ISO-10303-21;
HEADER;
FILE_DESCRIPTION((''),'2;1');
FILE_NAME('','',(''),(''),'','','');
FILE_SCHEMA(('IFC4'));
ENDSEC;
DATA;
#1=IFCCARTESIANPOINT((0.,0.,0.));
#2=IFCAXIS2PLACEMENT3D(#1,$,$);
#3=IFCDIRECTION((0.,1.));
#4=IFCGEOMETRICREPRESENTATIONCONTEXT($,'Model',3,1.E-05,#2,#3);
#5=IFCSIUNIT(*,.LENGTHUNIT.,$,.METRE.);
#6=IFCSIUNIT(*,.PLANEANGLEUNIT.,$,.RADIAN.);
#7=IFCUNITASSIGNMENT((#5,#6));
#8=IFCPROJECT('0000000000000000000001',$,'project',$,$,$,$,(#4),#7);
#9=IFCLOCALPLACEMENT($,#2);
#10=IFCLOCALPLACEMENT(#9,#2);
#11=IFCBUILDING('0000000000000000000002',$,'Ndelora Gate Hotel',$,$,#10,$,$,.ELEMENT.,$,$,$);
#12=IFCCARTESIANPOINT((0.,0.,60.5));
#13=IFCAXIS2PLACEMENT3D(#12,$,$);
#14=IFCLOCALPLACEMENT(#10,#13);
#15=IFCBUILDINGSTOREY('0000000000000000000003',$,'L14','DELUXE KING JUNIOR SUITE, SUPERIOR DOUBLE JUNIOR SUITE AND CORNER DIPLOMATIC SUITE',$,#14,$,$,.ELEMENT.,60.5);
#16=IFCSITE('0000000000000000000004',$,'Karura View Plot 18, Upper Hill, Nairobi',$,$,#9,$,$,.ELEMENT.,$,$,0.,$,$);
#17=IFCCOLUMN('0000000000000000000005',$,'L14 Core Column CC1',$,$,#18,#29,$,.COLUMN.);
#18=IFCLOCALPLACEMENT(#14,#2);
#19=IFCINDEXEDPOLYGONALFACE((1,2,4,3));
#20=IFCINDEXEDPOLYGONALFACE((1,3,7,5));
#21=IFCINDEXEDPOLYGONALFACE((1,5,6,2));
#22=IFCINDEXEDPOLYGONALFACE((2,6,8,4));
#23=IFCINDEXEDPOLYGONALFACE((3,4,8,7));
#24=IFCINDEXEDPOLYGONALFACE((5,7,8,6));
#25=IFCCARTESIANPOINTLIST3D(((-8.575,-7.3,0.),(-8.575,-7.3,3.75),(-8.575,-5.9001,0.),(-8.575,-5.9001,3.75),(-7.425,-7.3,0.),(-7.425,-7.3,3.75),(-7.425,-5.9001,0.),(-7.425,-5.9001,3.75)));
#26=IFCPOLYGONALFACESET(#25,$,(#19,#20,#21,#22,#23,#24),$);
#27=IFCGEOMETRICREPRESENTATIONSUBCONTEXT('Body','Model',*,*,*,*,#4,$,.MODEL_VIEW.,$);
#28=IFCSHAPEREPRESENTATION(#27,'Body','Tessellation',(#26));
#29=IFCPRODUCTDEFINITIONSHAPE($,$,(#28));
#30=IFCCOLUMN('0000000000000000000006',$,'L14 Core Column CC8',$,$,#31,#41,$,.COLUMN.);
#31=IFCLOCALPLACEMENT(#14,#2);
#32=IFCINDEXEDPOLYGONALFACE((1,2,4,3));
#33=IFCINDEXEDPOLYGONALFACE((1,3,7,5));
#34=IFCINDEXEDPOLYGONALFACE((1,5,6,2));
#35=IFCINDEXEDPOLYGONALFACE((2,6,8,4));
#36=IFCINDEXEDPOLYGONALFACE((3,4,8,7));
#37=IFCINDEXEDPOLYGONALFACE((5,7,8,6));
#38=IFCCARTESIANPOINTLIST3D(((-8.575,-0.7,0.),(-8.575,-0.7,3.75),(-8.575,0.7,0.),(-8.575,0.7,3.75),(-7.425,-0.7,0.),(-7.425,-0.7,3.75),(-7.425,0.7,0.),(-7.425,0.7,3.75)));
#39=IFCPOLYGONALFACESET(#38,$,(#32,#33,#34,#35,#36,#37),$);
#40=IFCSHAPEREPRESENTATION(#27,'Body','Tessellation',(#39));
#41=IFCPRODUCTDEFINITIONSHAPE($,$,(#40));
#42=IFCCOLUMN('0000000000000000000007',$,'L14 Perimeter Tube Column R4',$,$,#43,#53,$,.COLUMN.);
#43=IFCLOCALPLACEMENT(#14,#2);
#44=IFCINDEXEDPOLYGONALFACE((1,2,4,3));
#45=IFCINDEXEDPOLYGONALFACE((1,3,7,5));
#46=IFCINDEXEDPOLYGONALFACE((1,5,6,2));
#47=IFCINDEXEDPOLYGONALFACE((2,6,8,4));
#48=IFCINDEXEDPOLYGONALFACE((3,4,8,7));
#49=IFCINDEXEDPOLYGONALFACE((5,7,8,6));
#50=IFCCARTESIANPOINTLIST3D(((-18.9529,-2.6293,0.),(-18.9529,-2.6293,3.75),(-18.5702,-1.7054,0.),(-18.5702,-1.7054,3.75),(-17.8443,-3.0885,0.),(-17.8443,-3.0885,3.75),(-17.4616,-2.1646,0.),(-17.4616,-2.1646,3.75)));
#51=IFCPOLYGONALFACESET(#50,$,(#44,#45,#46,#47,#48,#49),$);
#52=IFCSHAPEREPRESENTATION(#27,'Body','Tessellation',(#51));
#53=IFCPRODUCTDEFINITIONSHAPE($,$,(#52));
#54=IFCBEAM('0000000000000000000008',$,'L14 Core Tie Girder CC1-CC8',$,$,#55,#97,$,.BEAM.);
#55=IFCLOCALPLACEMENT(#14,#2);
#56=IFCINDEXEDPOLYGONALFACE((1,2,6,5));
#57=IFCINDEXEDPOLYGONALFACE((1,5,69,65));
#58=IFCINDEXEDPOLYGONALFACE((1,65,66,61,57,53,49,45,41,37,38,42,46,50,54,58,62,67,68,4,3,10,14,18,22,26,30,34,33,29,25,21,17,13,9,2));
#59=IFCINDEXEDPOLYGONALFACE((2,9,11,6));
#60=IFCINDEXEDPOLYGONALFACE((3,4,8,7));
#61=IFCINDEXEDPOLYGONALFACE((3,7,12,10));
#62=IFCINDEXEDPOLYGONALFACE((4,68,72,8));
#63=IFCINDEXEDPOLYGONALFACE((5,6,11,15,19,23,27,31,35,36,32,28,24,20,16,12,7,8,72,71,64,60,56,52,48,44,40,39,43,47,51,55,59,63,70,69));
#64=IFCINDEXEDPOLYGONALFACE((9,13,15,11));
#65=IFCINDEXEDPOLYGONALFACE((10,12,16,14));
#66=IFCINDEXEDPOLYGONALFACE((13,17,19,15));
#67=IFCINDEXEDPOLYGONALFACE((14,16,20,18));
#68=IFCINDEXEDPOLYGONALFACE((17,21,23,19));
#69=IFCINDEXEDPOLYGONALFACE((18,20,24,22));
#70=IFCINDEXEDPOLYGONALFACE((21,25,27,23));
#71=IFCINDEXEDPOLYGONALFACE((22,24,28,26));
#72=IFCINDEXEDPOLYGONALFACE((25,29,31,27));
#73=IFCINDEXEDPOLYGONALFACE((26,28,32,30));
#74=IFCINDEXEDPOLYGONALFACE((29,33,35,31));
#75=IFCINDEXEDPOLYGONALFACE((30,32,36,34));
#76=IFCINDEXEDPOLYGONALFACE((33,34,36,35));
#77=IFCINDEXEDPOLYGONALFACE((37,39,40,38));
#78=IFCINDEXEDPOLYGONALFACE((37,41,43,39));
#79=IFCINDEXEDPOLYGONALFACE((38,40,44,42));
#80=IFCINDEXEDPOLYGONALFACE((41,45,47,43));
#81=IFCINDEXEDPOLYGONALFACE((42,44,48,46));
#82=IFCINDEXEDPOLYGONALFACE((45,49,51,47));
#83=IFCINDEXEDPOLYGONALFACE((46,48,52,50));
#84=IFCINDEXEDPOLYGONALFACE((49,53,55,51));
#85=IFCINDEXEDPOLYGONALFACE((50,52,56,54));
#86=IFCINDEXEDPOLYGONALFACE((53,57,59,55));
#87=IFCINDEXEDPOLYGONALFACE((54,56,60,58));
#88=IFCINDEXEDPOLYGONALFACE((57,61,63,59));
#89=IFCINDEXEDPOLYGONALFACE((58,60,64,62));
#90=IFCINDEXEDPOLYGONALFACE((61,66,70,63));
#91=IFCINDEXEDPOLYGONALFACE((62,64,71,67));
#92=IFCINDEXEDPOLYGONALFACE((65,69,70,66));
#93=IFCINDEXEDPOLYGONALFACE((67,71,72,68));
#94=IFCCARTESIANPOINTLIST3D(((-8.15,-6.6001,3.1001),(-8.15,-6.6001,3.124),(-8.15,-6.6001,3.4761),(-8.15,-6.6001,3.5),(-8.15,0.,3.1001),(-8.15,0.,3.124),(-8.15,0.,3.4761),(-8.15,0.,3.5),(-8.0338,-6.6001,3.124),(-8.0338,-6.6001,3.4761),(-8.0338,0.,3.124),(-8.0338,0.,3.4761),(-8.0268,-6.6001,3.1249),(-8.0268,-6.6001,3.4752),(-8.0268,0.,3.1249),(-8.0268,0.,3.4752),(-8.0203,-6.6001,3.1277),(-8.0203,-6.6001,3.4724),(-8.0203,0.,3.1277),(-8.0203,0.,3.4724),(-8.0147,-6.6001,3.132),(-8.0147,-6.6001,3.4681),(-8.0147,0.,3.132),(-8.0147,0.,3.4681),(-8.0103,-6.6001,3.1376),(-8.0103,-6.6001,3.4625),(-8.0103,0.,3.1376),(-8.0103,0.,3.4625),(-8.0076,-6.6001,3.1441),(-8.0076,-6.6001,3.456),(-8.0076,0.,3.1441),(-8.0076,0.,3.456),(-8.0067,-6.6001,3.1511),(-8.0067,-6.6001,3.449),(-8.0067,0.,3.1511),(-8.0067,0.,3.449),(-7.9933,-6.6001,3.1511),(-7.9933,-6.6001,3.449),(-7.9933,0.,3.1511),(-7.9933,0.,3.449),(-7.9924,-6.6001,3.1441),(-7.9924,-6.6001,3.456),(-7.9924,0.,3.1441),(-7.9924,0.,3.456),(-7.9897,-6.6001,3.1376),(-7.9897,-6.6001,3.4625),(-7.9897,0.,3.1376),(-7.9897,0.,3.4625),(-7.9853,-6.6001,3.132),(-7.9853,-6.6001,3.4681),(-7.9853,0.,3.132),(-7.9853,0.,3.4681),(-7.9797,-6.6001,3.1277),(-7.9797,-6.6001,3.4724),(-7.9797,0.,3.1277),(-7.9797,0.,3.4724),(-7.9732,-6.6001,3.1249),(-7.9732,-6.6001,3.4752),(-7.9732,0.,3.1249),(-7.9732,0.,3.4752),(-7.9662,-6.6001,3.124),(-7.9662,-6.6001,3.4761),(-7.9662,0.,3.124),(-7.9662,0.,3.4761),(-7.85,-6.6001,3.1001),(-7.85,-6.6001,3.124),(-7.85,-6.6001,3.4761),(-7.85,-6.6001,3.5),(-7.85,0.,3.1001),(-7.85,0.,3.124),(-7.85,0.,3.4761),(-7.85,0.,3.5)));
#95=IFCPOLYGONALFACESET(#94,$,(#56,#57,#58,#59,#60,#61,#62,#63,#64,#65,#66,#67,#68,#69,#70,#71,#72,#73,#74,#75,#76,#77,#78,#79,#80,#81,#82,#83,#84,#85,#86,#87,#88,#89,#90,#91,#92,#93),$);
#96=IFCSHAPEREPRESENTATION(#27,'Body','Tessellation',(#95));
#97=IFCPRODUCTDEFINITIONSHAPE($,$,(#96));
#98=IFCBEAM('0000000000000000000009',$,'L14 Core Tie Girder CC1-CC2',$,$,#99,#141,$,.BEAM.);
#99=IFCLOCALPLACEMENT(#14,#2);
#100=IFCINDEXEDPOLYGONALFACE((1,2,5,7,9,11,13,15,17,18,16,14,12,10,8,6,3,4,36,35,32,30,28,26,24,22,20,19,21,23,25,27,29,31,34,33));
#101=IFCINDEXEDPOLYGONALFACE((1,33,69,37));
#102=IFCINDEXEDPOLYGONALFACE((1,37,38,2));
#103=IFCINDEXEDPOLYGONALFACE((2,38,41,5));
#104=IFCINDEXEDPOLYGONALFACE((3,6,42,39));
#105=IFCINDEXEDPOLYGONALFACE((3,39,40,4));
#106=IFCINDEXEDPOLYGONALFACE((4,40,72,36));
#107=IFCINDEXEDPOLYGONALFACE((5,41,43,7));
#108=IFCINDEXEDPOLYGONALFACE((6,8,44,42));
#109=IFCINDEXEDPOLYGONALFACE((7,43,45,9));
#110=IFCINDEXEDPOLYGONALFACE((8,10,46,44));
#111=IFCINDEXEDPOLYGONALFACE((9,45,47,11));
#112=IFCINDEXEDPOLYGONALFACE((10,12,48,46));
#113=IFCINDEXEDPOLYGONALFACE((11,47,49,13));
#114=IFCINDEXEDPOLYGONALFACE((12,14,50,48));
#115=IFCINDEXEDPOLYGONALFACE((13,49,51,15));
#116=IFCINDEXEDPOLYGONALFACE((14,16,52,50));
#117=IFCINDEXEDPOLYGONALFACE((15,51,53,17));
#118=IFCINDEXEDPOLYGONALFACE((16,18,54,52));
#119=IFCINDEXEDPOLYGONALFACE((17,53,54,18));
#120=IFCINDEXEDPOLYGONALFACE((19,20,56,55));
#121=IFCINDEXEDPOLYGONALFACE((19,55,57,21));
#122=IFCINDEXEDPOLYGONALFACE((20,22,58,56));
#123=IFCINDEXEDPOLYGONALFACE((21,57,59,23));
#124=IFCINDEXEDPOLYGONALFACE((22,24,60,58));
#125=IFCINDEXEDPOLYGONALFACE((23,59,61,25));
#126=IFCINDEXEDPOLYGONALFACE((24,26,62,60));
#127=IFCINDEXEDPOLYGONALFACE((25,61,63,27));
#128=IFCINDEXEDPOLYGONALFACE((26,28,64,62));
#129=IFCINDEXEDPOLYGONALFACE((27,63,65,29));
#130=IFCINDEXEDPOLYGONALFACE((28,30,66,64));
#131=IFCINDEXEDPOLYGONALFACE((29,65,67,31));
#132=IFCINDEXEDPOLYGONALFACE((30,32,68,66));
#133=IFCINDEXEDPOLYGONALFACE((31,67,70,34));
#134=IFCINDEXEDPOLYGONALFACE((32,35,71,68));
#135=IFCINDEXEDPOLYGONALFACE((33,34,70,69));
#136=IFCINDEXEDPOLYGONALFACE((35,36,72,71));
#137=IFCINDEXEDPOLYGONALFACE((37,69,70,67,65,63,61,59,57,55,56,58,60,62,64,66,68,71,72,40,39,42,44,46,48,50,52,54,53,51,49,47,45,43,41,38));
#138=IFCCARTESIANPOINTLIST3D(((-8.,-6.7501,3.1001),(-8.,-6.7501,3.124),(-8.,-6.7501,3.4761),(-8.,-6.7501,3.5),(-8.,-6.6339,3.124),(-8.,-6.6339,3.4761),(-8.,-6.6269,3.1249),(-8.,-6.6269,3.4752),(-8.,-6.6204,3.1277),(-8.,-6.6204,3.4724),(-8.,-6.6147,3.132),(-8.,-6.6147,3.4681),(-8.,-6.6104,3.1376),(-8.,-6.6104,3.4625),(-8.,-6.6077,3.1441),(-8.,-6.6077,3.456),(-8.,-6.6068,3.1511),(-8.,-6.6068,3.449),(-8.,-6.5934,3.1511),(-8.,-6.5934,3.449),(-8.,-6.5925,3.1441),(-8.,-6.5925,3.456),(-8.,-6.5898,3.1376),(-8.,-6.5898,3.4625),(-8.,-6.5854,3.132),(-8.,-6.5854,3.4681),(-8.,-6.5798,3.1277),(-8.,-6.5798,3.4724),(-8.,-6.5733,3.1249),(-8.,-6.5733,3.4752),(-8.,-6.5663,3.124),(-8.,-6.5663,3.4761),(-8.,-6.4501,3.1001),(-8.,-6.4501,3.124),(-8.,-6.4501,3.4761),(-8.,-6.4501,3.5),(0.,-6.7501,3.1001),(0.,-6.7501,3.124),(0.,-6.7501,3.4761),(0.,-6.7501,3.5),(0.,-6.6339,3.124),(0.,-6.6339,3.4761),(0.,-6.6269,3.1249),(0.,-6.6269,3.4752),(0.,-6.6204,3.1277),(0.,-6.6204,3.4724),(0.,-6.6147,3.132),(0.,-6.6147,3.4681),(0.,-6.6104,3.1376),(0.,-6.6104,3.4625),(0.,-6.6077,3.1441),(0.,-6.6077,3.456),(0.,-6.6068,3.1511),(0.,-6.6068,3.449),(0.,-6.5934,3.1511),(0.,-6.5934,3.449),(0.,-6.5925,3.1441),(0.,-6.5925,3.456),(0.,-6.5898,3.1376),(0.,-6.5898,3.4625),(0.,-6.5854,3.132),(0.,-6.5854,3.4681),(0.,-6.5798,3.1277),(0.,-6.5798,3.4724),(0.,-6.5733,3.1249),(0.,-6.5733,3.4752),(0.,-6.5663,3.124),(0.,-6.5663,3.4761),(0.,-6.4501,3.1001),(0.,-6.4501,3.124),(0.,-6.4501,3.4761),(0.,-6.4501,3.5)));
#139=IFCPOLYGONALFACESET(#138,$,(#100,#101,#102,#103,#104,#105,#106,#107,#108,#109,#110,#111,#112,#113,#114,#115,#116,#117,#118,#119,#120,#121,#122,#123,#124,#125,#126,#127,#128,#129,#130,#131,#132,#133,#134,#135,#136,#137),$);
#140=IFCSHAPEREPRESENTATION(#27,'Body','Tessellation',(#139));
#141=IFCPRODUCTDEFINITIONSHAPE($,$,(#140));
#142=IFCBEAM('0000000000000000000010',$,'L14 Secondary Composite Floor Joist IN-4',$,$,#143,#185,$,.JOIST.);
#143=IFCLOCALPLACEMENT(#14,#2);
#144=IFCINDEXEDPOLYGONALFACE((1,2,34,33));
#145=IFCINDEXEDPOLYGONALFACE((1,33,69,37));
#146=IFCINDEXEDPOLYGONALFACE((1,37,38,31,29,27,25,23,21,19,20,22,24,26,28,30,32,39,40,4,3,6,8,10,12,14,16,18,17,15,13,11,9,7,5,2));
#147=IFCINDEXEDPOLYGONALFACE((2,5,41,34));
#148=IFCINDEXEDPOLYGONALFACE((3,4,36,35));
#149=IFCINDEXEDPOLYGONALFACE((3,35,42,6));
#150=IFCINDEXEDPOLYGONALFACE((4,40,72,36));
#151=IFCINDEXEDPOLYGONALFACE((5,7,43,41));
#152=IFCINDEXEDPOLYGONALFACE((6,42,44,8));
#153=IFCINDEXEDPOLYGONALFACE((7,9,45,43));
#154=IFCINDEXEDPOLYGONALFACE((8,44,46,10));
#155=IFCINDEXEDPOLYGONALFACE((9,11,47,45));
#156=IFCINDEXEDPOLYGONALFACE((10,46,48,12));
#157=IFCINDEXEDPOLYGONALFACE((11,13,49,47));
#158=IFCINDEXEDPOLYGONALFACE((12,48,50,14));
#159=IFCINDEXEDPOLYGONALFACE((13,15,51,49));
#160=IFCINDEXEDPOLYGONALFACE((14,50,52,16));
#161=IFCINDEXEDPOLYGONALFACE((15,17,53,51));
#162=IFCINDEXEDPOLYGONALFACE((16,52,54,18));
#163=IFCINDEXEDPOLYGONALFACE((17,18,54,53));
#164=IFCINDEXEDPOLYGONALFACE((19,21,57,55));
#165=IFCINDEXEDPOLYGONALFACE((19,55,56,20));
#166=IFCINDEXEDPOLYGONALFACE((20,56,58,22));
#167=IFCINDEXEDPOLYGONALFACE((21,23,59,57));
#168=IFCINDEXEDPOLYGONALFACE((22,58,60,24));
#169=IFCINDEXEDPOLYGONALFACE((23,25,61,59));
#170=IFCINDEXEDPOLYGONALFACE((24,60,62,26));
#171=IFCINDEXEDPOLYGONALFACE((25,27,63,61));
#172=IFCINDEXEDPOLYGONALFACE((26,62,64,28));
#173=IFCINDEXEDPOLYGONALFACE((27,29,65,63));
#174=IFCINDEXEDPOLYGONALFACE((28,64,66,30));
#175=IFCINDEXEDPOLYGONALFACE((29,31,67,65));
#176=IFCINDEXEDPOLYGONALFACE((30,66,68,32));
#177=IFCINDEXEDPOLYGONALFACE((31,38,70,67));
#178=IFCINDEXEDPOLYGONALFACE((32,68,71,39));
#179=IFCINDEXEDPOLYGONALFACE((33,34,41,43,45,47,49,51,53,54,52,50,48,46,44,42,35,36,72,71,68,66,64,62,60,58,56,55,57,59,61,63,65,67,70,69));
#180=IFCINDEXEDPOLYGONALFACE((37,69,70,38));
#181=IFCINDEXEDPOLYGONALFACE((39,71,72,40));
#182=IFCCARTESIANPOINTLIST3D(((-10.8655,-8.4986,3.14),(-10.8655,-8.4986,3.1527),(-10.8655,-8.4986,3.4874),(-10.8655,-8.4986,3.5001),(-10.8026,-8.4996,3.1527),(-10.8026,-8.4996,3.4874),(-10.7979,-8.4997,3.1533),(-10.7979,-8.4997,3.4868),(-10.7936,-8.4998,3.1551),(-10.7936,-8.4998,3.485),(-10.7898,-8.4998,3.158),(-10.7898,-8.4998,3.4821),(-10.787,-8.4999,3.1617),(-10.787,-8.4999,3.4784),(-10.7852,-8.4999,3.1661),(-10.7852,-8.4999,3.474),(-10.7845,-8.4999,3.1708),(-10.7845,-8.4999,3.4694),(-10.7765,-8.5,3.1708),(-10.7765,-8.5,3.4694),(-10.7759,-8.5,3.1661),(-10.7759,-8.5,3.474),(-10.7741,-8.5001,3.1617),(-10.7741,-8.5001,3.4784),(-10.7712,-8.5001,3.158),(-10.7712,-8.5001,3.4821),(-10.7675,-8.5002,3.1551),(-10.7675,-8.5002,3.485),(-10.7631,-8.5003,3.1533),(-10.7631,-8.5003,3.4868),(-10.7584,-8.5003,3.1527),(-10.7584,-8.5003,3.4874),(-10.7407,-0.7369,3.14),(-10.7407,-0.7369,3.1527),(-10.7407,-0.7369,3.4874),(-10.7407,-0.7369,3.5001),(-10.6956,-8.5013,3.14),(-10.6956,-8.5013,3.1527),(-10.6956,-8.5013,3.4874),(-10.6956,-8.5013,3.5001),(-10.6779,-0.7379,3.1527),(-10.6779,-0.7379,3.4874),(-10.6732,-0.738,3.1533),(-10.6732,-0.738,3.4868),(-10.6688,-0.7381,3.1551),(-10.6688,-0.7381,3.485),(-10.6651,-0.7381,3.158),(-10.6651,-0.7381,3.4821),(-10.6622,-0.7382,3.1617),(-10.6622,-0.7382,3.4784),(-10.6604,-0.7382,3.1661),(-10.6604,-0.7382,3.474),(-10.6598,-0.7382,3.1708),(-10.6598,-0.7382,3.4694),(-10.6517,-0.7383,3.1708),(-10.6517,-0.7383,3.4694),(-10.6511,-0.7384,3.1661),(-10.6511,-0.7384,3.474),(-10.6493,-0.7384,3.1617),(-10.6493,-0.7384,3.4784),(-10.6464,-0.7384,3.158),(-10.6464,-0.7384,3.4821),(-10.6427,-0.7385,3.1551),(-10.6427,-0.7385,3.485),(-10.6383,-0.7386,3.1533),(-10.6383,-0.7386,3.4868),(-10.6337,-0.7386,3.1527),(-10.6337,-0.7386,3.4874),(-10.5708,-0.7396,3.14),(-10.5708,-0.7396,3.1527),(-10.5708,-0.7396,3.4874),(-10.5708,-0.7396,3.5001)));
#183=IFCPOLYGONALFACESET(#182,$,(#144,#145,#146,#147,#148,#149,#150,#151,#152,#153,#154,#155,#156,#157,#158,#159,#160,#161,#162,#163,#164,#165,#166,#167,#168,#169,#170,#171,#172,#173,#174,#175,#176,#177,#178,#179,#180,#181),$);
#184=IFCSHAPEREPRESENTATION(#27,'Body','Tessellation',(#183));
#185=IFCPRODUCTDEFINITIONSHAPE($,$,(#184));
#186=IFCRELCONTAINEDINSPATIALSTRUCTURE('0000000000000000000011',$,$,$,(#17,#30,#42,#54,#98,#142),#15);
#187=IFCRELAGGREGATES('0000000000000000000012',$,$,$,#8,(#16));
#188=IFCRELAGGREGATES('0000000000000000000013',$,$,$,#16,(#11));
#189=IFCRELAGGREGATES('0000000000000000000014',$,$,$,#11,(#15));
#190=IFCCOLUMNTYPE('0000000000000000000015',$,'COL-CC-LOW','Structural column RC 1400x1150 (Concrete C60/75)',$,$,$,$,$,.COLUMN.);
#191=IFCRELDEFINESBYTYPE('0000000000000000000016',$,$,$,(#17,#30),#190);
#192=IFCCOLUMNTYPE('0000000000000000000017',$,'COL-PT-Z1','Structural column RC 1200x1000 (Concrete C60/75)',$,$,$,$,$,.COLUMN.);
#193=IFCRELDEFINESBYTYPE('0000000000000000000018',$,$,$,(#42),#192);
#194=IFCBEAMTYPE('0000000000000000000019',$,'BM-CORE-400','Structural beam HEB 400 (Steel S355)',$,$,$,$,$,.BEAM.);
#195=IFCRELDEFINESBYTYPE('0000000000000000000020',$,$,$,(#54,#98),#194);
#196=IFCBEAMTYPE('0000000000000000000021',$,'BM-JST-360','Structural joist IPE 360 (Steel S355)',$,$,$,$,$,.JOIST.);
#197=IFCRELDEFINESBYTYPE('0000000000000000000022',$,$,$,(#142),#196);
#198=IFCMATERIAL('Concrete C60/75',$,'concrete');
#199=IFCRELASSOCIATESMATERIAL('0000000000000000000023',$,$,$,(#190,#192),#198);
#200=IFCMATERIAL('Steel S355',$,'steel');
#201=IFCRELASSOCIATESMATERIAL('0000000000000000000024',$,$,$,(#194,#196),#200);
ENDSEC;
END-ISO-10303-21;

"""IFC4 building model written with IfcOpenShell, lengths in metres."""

from ifc_helpers import new_model, si_unit, direction, frame, origin, origin_2d, place, context, subcontext, project, spatial, rectangle, i_section, extrude, material, material_profile, profile_set, type_object, element, save


model = new_model("IFC4")

# Units and contexts
model_context = context("Model", 3, precision=1e-05, world=origin(), true_north=direction((0.0, 1.0)))
body_context = subcontext(model_context, "Body", "Model", "MODEL_VIEW")
ifc_project = project(units=[si_unit("LENGTHUNIT", "METRE"), si_unit("PLANEANGLEUNIT", "RADIAN")], contexts=[model_context])

# Site, building, storey
site_placement = place(None, origin())
site = spatial("IfcSite", under=ifc_project, at=site_placement, Name="Karura View Plot 18, Upper Hill, Nairobi", CompositionType="ELEMENT", RefElevation=0.0)
building_placement = place(site_placement, origin())
building = spatial("IfcBuilding", under=site, at=building_placement, Name="Ndelora Gate Hotel", CompositionType="ELEMENT")
storey_placement = place(building_placement, frame((0.0, 0.0, 60.5)))
storey = spatial("IfcBuildingStorey", under=building, at=storey_placement, Name="L14", Description="DELUXE KING JUNIOR SUITE, SUPERIOR DOUBLE JUNIOR SUITE AND CORNER DIPLOMATIC SUITE", CompositionType="ELEMENT", Elevation=60.5)

# Columns
ifc_material_1 = material(Name="Concrete C60/75", Category="concrete")
ifc_material_profile_1 = material_profile(ifc_material_1, rectangle(XDim=1.1499, YDim=1.3999, at=origin_2d()), Name="RC 1400x1150")
ifc_profile_set_1 = profile_set([ifc_material_profile_1], Name="Concrete C60/75")
column_type_1 = type_object("IfcColumnType", Name="COL-CC-LOW", Description="Structural column RC 1400x1150 (Concrete C60/75)", PredefinedType="COLUMN", material=ifc_profile_set_1)
for number, where, z_axis, x_axis, name in (
    (1, (-8.0, -6.6001, 0.0), (0.0, 0.0, 1.0), (1.0, 0.0, 0.0), "L14 Core Column CC1"),
    (2, (-8.0, 0.0, 0.0), (0.0, 0.0, 1.0), (1.0, 0.0, 0.0), "L14 Core Column CC8"),
):
    element("IfcColumn", number, at=place(storey_placement, frame(where, z_axis=z_axis, x_axis=x_axis)), inside=storey, type_object=column_type_1, Name=name, PredefinedType="COLUMN", context=body_context, shape_type="SweptSolid", body=[
        extrude(rectangle(XDim=1.1499, YDim=1.3999, at=origin_2d()), origin(), (0.0, 0.0, 1.0), 3.75),
    ])
ifc_material_profile_2 = material_profile(ifc_material_1, rectangle(XDim=1.0, YDim=1.2, at=origin_2d()), Name="RC 1200x1000")
ifc_profile_set_2 = profile_set([ifc_material_profile_2], Name="Concrete C60/75")
column_type_2 = type_object("IfcColumnType", Name="COL-PT-Z1", Description="Structural column RC 1200x1000 (Concrete C60/75)", PredefinedType="COLUMN", material=ifc_profile_set_2)
column_placement = place(storey_placement, frame((-18.2073, -2.397, 0.0), z_axis=(0.0, 0.0, 1.0), x_axis=(0.382683, 0.92388, 0.0)))
element("IfcColumn", 3, at=column_placement, inside=storey, type_object=column_type_2, Name="L14 Perimeter Tube Column R4", PredefinedType="COLUMN", context=body_context, shape_type="SweptSolid", body=[
    extrude(rectangle(XDim=1.0, YDim=1.2, at=origin_2d()), origin(), (0.0, 0.0, 1.0), 3.75),
])

# Beams
ifc_material_2 = material(Name="Steel S355", Category="steel")
ifc_material_profile_3 = material_profile(ifc_material_2, i_section(OverallWidth=0.3, OverallDepth=0.3999, WebThickness=0.0134, FlangeThickness=0.0239, FilletRadius=0.0271, at=origin_2d()), Name="HEB 400")
ifc_profile_set_3 = profile_set([ifc_material_profile_3], Name="Steel S355")
beam_type_1 = type_object("IfcBeamType", Name="BM-CORE-400", Description="Structural beam HEB 400 (Steel S355)", PredefinedType="BEAM", material=ifc_profile_set_3)
beam_1_placement = place(storey_placement, frame((-8.0, -6.6001, 3.3), z_axis=(0.0, 1.0, 0.0), x_axis=(-1.0, 0.0, 0.0)))
element("IfcBeam", 4, at=beam_1_placement, inside=storey, type_object=beam_type_1, Name="L14 Core Tie Girder CC1-CC8", PredefinedType="BEAM", context=body_context, shape_type="SweptSolid", body=[
    extrude(i_section(OverallWidth=0.3, OverallDepth=0.3999, WebThickness=0.0134, FlangeThickness=0.0239, FilletRadius=0.0271, at=origin_2d()), origin(), (0.0, 0.0, 1.0), 6.6001),
])
beam_2_placement = place(storey_placement, frame((-8.0, -6.6001, 3.3), z_axis=(1.0, 0.0, 0.0), x_axis=(0.0, 1.0, 0.0)))
element("IfcBeam", 5, at=beam_2_placement, inside=storey, type_object=beam_type_1, Name="L14 Core Tie Girder CC1-CC2", PredefinedType="BEAM", context=body_context, shape_type="SweptSolid", body=[
    extrude(i_section(OverallWidth=0.3, OverallDepth=0.3999, WebThickness=0.0134, FlangeThickness=0.0239, FilletRadius=0.0271, at=origin_2d()), origin(), (0.0, 0.0, 1.0), 8.0),
])
ifc_material_profile_4 = material_profile(ifc_material_2, i_section(OverallWidth=0.1699, OverallDepth=0.3601, WebThickness=0.0081, FlangeThickness=0.0127, FilletRadius=0.0181, at=origin_2d()), Name="IPE 360")
ifc_profile_set_4 = profile_set([ifc_material_profile_4], Name="Steel S355")
beam_type_2 = type_object("IfcBeamType", Name="BM-JST-360", Description="Structural joist IPE 360 (Steel S355)", PredefinedType="JOIST", material=ifc_profile_set_4)
beam_3_placement = place(storey_placement, frame((-10.6558, -0.7383, 3.3201), z_axis=(-0.016071, -0.999871, 0.0), x_axis=(0.999871, -0.016071, 0.0)))
element("IfcBeam", 6, at=beam_3_placement, inside=storey, type_object=beam_type_2, Name="L14 Secondary Composite Floor Joist IN-4", PredefinedType="JOIST", context=body_context, shape_type="SweptSolid", body=[
    extrude(i_section(OverallWidth=0.1699, OverallDepth=0.3601, WebThickness=0.0081, FlangeThickness=0.0127, FilletRadius=0.0181, at=origin_2d()), origin(), (0.0, 0.0, 1.0), 7.7627),
])

save(model, "model.ifc")
